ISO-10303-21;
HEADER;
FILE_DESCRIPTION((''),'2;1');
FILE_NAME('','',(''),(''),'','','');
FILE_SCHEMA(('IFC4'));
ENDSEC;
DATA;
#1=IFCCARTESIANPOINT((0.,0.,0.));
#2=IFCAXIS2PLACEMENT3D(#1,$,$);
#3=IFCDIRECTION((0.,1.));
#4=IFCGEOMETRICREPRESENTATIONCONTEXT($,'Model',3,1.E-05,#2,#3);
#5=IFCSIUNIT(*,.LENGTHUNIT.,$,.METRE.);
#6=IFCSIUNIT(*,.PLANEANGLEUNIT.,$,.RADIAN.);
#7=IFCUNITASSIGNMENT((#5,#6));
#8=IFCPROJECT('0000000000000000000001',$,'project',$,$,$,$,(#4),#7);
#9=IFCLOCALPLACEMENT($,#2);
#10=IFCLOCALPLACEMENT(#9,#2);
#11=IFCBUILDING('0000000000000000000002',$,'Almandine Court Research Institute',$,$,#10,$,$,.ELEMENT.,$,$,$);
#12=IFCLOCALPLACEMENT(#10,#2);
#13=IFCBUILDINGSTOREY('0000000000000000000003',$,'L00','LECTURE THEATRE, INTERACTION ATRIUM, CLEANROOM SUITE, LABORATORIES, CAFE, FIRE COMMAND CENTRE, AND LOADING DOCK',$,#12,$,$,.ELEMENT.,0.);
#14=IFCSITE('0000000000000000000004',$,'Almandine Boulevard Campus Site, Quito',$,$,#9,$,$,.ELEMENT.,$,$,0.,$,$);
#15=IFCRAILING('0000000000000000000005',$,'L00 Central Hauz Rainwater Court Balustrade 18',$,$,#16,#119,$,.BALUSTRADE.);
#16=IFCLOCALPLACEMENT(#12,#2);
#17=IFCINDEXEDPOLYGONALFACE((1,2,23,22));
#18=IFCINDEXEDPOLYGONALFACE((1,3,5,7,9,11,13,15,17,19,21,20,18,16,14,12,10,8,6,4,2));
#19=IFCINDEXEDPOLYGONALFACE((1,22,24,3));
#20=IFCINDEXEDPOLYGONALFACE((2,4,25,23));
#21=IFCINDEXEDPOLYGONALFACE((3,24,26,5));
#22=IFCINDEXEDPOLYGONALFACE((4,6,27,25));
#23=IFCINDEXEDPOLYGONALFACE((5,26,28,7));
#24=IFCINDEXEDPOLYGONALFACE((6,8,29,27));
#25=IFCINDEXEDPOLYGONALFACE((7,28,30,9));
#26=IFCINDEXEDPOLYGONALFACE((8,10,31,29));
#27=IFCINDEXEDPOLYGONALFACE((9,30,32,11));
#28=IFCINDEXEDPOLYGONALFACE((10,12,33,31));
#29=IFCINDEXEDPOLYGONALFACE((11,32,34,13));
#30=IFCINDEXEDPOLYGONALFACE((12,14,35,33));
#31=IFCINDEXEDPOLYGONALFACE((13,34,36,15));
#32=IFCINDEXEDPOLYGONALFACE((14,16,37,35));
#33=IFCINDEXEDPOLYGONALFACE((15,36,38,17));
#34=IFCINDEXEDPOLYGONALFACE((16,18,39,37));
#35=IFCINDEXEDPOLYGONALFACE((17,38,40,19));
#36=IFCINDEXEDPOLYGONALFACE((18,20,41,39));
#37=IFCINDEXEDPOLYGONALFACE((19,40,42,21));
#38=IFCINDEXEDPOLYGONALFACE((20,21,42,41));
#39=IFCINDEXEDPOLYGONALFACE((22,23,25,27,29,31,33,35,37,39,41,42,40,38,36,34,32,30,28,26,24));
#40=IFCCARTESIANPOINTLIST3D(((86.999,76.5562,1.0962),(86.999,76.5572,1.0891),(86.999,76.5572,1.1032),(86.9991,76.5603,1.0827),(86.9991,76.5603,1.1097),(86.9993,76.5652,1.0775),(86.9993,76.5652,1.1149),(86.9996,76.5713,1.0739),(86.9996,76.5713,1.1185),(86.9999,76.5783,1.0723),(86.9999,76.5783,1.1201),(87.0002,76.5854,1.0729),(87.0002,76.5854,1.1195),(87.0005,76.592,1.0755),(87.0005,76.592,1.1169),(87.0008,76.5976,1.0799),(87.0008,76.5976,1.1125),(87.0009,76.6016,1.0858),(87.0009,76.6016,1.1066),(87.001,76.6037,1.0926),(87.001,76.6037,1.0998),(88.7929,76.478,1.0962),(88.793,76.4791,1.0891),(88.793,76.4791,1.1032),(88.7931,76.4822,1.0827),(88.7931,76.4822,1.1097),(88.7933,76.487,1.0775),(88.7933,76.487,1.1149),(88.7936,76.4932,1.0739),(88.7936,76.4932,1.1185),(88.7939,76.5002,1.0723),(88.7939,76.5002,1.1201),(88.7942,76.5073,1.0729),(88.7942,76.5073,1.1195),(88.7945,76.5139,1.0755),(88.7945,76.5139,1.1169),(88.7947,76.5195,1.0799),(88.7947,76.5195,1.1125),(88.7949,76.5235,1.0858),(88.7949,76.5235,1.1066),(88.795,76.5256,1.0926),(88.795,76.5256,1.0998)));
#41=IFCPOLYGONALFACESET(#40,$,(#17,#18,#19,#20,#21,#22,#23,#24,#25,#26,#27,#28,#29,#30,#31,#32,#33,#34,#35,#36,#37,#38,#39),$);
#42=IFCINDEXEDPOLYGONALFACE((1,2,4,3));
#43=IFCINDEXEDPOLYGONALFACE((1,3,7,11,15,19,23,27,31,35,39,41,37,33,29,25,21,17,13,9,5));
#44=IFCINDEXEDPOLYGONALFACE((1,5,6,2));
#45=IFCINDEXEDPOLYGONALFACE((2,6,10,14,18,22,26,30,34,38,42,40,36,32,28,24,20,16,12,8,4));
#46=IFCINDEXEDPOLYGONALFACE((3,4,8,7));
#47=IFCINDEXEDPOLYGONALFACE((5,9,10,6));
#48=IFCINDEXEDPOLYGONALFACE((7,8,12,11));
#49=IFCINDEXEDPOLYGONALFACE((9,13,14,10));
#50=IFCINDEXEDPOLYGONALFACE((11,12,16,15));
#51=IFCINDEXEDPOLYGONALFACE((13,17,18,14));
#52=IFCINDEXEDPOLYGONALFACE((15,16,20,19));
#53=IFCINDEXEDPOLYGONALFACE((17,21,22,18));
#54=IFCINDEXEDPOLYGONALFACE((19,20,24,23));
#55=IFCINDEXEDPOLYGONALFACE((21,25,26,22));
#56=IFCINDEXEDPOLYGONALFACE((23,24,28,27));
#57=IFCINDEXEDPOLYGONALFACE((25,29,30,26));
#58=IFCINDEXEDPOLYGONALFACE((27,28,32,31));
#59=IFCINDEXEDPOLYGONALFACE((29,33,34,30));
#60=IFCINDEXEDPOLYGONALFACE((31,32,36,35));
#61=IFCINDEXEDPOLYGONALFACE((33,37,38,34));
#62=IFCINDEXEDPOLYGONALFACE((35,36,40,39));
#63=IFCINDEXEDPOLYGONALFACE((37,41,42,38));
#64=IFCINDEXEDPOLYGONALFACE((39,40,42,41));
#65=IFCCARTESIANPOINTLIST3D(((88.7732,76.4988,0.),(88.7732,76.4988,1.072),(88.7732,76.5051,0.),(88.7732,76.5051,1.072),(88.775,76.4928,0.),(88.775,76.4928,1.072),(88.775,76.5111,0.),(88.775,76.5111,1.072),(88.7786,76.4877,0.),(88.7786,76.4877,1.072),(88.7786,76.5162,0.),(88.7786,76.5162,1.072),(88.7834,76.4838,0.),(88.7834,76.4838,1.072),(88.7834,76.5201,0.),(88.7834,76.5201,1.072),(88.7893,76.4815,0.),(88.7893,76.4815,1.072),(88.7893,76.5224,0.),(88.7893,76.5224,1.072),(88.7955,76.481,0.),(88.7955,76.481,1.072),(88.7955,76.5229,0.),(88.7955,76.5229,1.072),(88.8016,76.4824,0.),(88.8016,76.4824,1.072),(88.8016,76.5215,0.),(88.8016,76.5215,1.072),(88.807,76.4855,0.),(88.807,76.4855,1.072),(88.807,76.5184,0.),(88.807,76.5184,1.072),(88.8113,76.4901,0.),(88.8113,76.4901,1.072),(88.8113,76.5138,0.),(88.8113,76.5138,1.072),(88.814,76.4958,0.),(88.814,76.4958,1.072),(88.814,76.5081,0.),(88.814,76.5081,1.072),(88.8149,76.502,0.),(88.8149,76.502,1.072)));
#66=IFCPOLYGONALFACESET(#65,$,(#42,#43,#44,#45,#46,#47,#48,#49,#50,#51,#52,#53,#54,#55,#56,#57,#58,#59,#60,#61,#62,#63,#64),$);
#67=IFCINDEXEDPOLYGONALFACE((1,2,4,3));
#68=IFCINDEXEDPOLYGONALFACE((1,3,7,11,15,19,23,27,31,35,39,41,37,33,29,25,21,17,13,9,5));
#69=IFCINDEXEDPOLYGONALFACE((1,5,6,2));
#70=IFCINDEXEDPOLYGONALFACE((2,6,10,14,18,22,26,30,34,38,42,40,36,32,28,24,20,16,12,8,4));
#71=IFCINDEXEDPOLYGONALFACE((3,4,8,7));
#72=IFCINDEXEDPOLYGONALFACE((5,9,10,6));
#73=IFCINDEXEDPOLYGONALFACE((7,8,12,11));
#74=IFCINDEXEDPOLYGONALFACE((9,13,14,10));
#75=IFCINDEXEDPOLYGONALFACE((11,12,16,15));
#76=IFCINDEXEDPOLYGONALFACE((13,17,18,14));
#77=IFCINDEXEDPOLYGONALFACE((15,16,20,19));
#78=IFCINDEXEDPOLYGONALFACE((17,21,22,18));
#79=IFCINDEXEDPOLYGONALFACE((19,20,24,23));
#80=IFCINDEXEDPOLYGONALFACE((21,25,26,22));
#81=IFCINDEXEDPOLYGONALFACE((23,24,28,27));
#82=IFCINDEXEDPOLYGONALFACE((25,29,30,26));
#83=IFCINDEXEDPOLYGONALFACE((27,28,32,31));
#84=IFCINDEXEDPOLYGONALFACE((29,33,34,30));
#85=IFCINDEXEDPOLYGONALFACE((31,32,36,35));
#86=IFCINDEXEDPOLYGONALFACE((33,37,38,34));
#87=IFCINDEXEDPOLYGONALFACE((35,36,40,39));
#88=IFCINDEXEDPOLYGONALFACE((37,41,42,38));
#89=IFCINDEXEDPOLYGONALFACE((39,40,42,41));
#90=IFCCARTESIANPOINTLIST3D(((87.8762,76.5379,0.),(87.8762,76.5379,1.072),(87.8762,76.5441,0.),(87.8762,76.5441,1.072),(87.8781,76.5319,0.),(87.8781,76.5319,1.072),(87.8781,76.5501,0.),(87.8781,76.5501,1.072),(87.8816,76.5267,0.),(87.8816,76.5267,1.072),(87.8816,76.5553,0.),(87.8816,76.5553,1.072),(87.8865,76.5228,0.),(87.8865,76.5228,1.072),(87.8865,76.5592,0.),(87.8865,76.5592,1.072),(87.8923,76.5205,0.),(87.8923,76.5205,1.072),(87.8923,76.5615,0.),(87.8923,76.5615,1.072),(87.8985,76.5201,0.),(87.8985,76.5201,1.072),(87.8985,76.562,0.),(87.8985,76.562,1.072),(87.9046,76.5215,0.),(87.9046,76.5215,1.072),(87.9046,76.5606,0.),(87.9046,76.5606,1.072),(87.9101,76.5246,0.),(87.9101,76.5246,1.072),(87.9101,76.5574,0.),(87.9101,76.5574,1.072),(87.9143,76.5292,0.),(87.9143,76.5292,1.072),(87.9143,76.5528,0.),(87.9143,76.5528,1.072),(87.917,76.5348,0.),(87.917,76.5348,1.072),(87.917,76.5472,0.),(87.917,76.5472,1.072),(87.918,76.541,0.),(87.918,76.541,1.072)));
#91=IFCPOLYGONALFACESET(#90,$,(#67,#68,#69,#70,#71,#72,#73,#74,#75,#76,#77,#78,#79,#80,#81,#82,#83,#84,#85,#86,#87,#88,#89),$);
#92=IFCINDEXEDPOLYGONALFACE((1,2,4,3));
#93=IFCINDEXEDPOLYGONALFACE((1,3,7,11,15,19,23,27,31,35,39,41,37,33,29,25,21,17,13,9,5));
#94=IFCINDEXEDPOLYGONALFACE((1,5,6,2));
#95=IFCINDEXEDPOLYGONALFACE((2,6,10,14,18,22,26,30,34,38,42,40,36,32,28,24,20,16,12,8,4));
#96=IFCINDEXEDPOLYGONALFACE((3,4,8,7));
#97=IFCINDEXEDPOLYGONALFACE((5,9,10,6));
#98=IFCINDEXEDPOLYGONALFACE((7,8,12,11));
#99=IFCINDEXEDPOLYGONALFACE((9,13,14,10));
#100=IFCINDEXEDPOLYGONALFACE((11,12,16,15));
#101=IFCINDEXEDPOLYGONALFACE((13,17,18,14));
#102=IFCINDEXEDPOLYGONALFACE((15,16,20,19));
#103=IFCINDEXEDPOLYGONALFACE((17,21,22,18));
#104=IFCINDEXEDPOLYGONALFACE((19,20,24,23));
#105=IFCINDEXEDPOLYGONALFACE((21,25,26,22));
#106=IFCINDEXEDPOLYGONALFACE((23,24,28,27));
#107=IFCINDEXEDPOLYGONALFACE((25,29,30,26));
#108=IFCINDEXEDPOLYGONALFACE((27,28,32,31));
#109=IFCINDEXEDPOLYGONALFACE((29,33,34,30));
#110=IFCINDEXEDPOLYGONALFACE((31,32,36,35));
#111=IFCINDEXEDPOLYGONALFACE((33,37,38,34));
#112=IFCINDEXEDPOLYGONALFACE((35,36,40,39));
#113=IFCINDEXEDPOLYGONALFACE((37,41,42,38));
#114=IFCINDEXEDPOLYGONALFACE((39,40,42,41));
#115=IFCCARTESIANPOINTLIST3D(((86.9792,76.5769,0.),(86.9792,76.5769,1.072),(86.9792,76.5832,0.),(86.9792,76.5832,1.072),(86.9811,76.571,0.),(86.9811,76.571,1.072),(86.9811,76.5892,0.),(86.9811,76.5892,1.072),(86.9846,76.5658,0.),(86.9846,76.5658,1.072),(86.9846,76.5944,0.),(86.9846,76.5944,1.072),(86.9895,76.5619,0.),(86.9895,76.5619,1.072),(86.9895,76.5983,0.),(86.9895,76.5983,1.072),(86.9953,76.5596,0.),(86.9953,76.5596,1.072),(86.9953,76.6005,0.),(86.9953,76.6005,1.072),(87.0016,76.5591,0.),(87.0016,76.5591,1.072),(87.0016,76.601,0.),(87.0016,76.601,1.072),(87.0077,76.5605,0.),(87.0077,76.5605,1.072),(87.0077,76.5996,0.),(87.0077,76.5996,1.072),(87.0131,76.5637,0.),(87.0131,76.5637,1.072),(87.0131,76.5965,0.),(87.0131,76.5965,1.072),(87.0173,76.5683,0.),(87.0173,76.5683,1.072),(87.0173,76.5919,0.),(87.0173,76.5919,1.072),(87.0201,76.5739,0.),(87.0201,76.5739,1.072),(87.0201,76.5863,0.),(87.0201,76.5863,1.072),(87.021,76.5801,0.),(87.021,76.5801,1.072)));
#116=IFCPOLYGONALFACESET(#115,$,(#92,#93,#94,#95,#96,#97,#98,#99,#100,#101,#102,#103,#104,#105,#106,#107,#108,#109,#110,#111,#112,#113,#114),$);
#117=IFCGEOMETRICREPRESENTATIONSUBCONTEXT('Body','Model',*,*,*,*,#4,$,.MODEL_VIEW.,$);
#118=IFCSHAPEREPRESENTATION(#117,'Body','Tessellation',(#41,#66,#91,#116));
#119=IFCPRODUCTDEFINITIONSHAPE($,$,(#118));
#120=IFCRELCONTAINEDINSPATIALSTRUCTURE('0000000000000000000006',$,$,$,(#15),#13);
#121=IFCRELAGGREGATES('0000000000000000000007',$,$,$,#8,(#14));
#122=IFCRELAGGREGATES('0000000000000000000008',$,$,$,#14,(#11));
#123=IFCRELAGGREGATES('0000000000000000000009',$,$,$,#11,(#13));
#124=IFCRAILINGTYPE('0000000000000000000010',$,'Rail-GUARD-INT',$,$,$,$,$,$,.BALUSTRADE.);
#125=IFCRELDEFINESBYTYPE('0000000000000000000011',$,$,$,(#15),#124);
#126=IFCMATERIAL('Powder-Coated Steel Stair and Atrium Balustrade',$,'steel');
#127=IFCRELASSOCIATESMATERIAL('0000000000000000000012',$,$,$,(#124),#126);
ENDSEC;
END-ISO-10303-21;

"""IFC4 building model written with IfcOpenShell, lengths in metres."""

from ifc_helpers import new_model, si_unit, direction, frame, origin, origin_2d, place, context, subcontext, project, spatial, circle, extrude, material, type_object, element, save


model = new_model("IFC4")

# Units and contexts
model_context = context("Model", 3, precision=1e-05, world=origin(), true_north=direction((0.0, 1.0)))
body_context = subcontext(model_context, "Body", "Model", "MODEL_VIEW")
ifc_project = project(units=[si_unit("LENGTHUNIT", "METRE"), si_unit("PLANEANGLEUNIT", "RADIAN")], contexts=[model_context])

# Site, building, storey
site_placement = place(None, origin())
site = spatial("IfcSite", under=ifc_project, at=site_placement, Name="Almandine Boulevard Campus Site, Quito", CompositionType="ELEMENT", RefElevation=0.0)
building_placement = place(site_placement, origin())
building = spatial("IfcBuilding", under=site, at=building_placement, Name="Almandine Court Research Institute", CompositionType="ELEMENT")
storey_placement = place(building_placement, origin())
storey = spatial("IfcBuildingStorey", under=building, at=storey_placement, Name="L00", Description="LECTURE THEATRE, INTERACTION ATRIUM, CLEANROOM SUITE, LABORATORIES, CAFE, FIRE COMMAND CENTRE, AND LOADING DOCK", CompositionType="ELEMENT", Elevation=0.0)

# Railing
ifc_material_1 = material(Name="Powder-Coated Steel Stair and Atrium Balustrade", Category="steel")
railing_type_1 = type_object("IfcRailingType", Name="Rail-GUARD-INT", PredefinedType="BALUSTRADE", material=ifc_material_1)
railing_1_placement = place(storey_placement, frame((88.7939, 76.502, 0.0)))
element("IfcRailing", 1, at=railing_1_placement, inside=storey, type_object=railing_type_1, Name="L00 Central Hauz Rainwater Court Balustrade 18", PredefinedType="BALUSTRADE", context=body_context, shape_type="SweptSolid", body=[
    extrude(circle(Radius=0.0239, at=origin_2d()), frame((0.0, 0.0, 1.0962), z_axis=(-0.999053, 0.043508, 0.0), x_axis=(-0.043508, -0.999053, 0.0)), (0.0, 0.0, 1.0), 1.7957),
    extrude(circle(Radius=0.021, at=origin_2d()), origin(), (0.0, 0.0, 1.0), 1.072),
    extrude(circle(Radius=0.021, at=origin_2d()), frame((-0.897, 0.0391, 0.0)), (0.0, 0.0, 1.0), 1.072),
    extrude(circle(Radius=0.021, at=origin_2d()), frame((-1.7939, 0.0781, 0.0)), (0.0, 0.0, 1.0), 1.072),
])

save(model, "model.ifc")
